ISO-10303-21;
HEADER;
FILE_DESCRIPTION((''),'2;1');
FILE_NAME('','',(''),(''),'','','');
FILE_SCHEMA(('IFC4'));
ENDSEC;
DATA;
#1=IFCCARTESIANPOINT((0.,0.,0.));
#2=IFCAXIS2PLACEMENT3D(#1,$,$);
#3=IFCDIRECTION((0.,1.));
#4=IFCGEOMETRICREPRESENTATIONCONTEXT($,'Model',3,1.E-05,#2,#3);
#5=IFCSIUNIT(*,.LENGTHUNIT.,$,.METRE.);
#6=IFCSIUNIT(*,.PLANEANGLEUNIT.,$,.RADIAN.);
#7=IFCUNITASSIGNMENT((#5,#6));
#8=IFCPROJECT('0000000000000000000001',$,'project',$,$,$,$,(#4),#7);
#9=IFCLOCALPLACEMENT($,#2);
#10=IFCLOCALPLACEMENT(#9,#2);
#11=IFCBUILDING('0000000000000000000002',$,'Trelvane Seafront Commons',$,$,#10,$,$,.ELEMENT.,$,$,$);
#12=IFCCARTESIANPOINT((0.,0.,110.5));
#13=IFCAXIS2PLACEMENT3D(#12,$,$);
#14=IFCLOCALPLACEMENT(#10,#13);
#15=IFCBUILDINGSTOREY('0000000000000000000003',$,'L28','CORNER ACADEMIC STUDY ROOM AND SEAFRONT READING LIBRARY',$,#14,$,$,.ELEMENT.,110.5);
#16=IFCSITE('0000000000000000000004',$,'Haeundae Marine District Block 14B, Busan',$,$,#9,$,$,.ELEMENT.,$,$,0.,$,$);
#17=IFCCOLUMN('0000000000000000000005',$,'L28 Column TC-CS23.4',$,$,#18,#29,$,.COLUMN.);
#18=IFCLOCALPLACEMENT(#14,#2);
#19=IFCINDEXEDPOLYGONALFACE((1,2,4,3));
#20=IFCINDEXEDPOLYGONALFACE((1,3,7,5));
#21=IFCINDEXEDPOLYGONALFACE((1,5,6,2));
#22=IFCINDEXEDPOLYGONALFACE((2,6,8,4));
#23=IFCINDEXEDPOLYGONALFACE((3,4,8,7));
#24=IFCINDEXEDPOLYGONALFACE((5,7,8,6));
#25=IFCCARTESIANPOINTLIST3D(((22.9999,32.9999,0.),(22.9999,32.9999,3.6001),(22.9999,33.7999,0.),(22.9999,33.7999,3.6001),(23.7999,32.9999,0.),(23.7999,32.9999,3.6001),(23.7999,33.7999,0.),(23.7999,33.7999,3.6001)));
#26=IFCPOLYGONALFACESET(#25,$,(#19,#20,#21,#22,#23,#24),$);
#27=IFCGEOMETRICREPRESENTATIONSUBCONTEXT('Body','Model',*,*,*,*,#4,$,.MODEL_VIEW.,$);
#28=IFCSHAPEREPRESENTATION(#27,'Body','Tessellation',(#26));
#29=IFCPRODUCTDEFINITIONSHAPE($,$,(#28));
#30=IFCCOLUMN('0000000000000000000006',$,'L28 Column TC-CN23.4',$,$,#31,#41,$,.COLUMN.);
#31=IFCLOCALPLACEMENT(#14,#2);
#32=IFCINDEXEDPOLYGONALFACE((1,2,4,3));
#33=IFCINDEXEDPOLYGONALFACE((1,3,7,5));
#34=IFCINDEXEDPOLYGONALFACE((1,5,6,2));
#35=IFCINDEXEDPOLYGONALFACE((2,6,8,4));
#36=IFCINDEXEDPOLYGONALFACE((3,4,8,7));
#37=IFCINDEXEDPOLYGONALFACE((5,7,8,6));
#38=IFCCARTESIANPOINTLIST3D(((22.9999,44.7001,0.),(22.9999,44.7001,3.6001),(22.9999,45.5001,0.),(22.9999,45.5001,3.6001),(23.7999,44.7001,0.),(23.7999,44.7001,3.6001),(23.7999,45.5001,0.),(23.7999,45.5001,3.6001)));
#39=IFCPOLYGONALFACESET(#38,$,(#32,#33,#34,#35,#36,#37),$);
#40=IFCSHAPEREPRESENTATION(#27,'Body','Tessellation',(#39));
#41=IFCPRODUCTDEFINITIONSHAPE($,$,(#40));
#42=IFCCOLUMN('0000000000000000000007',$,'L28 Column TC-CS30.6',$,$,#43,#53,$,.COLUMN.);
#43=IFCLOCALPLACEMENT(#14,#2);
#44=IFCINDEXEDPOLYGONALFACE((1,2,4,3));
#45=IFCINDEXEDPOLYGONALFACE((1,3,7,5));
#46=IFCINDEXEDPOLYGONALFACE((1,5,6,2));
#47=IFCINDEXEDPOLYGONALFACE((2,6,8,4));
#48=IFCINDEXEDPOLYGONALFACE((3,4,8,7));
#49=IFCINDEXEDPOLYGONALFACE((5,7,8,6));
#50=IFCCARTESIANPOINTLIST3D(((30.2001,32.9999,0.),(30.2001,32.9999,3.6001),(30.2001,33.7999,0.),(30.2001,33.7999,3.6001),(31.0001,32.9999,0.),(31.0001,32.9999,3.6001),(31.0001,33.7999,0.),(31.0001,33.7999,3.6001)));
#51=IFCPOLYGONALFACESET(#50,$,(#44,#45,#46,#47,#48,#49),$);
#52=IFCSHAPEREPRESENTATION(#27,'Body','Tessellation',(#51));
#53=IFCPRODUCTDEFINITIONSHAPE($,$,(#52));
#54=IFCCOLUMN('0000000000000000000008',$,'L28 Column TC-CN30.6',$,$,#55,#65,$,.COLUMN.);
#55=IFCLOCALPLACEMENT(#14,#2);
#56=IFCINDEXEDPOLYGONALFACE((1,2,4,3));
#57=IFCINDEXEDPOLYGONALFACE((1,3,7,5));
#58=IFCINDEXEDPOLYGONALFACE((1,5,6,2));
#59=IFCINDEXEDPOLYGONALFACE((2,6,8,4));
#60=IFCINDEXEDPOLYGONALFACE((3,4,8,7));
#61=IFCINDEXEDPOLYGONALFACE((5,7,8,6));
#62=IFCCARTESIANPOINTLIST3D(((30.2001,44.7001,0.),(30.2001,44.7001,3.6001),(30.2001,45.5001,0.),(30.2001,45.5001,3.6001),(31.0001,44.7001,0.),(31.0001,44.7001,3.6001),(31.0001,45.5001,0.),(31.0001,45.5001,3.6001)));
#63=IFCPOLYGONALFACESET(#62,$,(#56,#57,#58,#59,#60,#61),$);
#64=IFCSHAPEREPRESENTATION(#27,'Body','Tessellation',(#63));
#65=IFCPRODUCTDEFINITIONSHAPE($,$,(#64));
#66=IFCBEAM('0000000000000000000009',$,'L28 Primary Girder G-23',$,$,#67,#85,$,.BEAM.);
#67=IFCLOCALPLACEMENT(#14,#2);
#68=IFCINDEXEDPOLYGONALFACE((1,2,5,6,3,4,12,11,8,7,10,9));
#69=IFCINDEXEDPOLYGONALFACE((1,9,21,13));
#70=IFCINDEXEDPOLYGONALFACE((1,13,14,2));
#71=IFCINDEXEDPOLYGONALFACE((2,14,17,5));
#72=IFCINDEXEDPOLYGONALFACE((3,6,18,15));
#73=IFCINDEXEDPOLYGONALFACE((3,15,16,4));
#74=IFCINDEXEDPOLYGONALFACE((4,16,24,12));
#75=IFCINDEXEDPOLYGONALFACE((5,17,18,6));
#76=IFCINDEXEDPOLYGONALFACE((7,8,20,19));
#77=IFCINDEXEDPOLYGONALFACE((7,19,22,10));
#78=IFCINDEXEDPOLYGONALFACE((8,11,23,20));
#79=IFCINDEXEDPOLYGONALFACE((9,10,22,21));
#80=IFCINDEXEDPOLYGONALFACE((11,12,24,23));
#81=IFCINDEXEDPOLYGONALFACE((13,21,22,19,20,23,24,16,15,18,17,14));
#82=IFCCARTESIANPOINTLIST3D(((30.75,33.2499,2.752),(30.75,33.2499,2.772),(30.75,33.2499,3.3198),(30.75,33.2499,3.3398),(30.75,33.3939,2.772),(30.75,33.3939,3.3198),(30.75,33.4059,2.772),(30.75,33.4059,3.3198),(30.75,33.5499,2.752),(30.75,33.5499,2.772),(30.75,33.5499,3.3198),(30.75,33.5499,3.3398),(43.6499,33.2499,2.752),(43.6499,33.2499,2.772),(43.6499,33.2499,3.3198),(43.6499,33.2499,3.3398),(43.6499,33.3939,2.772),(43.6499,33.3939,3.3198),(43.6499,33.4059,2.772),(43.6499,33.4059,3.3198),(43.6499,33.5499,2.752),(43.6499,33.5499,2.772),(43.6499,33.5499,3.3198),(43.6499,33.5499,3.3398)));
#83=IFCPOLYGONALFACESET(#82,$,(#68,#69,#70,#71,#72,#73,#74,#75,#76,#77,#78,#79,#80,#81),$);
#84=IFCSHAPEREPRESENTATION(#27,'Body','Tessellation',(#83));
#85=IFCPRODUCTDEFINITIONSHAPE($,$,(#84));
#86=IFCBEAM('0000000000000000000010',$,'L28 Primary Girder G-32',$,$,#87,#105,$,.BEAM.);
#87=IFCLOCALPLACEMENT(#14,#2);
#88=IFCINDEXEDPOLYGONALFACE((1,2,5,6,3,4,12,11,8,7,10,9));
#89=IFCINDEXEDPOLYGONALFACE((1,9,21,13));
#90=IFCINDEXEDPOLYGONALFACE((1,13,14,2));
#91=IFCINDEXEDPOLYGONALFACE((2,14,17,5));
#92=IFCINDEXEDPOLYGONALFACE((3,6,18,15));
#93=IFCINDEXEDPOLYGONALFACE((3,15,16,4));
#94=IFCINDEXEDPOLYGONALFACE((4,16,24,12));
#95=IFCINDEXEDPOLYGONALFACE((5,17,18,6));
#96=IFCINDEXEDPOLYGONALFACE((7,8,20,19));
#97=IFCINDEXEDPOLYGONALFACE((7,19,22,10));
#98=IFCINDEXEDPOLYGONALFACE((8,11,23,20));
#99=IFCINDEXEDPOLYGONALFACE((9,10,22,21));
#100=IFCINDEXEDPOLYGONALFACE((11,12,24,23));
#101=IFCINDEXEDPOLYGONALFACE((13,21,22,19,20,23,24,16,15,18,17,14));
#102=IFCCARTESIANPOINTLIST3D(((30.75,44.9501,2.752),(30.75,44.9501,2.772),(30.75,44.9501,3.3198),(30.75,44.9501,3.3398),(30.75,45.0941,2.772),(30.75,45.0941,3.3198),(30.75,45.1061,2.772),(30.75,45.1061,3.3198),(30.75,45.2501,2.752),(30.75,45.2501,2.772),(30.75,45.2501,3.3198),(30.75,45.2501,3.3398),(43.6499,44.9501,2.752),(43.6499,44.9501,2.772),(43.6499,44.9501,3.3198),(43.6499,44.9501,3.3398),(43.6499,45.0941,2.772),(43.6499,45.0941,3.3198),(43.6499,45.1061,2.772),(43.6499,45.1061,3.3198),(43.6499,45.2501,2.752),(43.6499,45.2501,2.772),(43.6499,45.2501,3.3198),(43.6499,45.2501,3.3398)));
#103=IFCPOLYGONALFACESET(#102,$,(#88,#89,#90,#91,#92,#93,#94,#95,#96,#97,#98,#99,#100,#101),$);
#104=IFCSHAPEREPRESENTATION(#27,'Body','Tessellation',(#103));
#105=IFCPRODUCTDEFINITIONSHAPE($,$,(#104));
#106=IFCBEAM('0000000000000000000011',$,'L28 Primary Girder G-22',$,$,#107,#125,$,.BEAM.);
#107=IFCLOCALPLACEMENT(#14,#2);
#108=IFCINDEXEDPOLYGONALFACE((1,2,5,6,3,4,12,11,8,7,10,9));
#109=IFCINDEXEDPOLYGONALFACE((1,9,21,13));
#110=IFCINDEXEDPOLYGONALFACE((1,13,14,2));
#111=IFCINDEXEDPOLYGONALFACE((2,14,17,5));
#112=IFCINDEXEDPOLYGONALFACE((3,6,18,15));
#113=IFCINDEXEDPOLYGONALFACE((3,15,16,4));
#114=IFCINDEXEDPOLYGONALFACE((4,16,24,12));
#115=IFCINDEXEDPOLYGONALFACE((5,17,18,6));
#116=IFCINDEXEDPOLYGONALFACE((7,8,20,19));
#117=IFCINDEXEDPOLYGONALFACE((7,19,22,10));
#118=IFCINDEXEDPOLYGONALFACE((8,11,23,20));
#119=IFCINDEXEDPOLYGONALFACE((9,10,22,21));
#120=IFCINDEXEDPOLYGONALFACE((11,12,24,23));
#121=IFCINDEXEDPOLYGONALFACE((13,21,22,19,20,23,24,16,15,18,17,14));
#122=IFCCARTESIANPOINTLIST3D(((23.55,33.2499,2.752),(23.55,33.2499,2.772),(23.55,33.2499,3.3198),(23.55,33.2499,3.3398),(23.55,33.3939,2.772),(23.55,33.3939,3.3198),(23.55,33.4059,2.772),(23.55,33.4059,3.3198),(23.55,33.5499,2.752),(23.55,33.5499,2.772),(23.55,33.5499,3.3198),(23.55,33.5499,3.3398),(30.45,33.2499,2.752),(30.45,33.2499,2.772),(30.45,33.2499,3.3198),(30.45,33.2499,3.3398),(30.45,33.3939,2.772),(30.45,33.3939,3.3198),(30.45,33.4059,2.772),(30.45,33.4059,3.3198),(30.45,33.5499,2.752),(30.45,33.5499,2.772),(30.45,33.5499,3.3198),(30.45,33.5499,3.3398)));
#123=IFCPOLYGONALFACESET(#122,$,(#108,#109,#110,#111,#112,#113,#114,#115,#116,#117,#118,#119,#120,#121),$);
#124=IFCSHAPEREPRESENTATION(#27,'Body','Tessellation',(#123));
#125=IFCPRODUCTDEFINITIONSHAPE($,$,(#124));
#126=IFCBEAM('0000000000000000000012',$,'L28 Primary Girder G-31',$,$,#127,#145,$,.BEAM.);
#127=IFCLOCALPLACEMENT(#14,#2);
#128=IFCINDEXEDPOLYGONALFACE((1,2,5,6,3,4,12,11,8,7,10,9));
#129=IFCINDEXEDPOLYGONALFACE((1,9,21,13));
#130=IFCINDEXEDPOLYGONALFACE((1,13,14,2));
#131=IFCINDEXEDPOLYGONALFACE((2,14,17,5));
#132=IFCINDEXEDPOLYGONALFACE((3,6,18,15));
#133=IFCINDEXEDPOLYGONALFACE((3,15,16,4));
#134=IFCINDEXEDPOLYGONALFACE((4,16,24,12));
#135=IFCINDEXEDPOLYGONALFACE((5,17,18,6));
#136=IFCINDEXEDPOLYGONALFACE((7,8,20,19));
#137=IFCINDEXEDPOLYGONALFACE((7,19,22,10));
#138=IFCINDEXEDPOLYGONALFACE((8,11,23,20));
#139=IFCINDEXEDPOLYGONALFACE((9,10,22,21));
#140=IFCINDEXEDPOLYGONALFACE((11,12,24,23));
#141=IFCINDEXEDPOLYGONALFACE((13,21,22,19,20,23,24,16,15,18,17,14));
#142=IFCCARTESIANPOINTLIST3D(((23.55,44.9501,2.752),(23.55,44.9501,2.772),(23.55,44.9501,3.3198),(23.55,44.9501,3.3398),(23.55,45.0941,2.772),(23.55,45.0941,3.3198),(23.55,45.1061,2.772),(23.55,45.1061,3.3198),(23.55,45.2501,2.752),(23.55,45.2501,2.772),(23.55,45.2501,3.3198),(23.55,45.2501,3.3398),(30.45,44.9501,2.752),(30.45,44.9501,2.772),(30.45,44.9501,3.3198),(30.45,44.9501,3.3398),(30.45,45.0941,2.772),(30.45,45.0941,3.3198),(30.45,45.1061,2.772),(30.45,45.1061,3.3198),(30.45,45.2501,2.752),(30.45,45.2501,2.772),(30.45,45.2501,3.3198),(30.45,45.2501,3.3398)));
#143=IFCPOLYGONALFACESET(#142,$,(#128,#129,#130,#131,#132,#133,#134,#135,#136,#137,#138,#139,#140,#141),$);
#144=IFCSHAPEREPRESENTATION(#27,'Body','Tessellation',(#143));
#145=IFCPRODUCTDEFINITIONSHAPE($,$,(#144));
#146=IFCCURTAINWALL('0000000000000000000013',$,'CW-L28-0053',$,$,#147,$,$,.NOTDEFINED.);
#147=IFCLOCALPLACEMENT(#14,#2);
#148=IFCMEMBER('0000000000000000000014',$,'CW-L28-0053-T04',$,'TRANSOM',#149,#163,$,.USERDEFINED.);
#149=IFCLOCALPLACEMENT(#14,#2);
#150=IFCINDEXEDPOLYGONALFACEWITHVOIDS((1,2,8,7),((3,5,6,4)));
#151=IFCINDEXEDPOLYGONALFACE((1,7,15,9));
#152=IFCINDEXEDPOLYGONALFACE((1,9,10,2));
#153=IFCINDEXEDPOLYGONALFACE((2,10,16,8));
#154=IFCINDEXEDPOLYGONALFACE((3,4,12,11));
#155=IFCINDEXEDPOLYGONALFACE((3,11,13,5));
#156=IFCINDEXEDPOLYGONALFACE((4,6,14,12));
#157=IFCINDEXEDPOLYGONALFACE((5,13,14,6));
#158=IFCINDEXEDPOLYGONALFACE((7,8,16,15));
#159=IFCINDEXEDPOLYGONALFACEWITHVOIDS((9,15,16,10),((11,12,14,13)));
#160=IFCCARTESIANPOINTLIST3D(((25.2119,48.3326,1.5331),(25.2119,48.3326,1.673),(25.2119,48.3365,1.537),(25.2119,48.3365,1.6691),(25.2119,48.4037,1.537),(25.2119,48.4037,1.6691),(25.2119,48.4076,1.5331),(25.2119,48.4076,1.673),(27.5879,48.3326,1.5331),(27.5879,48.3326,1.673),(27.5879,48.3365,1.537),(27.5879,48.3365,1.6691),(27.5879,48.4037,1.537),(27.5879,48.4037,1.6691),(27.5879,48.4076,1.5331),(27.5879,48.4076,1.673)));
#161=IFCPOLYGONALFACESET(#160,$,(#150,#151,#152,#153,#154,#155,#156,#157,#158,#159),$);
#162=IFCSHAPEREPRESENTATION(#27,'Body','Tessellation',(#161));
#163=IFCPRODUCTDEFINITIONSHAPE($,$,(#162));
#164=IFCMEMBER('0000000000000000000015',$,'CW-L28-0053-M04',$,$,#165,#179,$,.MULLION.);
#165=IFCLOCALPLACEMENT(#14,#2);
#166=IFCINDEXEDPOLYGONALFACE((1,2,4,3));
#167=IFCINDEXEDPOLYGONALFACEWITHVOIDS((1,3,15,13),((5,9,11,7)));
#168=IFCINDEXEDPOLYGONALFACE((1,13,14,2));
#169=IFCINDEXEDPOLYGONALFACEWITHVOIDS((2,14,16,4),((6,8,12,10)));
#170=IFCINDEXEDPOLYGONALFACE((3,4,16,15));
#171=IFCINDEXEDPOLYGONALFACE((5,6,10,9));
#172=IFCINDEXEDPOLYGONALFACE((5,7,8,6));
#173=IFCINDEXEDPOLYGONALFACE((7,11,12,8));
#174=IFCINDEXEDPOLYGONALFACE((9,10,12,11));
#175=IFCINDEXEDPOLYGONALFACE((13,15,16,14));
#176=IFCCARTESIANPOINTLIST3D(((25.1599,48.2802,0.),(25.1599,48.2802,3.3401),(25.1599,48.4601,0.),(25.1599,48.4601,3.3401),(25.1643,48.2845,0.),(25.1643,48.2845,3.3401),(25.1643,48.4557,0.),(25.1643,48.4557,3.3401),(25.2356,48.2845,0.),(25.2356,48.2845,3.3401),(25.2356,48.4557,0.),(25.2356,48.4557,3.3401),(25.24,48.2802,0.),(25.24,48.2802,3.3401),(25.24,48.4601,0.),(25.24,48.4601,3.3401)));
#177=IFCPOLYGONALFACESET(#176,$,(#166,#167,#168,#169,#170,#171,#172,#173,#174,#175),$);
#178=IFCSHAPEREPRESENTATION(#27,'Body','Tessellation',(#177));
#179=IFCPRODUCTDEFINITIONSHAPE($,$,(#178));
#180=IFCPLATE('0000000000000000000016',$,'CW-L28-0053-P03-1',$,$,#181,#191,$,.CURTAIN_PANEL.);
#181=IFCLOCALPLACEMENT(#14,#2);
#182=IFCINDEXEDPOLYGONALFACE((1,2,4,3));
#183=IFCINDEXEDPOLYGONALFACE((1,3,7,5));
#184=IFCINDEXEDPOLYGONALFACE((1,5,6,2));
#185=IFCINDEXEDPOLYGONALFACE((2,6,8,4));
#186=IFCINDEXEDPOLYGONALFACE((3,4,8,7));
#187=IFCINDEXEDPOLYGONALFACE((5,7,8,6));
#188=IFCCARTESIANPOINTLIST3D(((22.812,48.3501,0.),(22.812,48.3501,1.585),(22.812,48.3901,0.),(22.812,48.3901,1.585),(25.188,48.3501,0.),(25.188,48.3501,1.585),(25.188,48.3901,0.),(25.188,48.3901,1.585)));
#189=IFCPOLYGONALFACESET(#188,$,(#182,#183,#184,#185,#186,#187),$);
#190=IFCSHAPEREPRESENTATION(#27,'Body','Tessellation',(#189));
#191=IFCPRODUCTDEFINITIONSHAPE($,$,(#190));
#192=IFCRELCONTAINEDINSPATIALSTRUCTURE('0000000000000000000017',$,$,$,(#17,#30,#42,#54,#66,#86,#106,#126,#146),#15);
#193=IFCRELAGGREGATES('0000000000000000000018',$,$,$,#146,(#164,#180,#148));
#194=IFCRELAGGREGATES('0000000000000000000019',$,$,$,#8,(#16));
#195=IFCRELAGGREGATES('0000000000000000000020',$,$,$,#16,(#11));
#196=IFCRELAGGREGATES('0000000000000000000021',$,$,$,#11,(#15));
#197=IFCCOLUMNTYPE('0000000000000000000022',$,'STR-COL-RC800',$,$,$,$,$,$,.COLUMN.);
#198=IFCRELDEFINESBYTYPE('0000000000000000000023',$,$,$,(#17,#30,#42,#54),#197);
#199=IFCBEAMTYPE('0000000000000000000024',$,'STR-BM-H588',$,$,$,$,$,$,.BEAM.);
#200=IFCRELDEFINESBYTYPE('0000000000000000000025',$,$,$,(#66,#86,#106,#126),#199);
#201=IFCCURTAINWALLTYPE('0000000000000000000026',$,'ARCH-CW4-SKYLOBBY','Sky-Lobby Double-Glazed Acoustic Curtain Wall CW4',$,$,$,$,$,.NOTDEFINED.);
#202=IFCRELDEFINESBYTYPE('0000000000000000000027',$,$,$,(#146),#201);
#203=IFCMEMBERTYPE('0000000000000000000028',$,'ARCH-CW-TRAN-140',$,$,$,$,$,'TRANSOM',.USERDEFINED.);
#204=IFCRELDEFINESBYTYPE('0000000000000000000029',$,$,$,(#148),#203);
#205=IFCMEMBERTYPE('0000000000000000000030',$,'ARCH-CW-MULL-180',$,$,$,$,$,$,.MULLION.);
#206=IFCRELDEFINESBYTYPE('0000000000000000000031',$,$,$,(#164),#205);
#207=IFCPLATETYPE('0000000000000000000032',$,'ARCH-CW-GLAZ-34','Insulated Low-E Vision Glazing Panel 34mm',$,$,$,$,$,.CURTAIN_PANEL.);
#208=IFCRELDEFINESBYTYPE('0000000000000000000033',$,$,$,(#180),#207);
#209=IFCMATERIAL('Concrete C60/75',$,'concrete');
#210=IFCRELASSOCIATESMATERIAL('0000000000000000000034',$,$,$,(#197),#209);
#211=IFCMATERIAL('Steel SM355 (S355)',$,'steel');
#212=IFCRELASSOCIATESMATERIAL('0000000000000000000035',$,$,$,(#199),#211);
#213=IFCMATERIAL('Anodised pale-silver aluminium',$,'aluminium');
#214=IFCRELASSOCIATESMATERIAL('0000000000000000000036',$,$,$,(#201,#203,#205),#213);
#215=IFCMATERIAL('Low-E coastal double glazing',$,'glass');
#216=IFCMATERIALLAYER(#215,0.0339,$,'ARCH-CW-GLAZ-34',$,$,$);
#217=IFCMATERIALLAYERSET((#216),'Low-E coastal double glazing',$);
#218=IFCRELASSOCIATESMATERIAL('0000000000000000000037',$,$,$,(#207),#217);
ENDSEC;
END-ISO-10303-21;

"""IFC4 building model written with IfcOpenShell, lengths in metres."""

from ifc_helpers import new_model, si_unit, direction, frame, origin, origin_2d, place, context, subcontext, project, spatial, rectangle, hollow_rectangle, i_section, extrude, source, transform, mapped, material, layer, layer_set, material_profile, profile_set, type_object, element, aggregate, save


model = new_model("IFC4")

# Units and contexts
model_context = context("Model", 3, precision=1e-05, world=origin(), true_north=direction((0.0, 1.0)))
body_context = subcontext(model_context, "Body", "Model", "MODEL_VIEW")
ifc_project = project(units=[si_unit("LENGTHUNIT", "METRE"), si_unit("PLANEANGLEUNIT", "RADIAN")], contexts=[model_context])

# Site, building, storey
site_placement = place(None, origin())
site = spatial("IfcSite", under=ifc_project, at=site_placement, Name="Haeundae Marine District Block 14B, Busan", CompositionType="ELEMENT", RefElevation=0.0)
building_placement = place(site_placement, origin())
building = spatial("IfcBuilding", under=site, at=building_placement, Name="Trelvane Seafront Commons", CompositionType="ELEMENT")
storey_placement = place(building_placement, frame((0.0, 0.0, 110.5)))
storey = spatial("IfcBuildingStorey", under=building, at=storey_placement, Name="L28", Description="CORNER ACADEMIC STUDY ROOM AND SEAFRONT READING LIBRARY", CompositionType="ELEMENT", Elevation=110.5)

# Columns
ifc_material_1 = material(Name="Concrete C60/75", Category="concrete")
ifc_material_profile_1 = material_profile(ifc_material_1, rectangle(XDim=0.8, YDim=0.8, at=origin_2d()), Name="RC-800x800")
ifc_profile_set_1 = profile_set([ifc_material_profile_1], Name="Concrete C60/75")
column_type = type_object("IfcColumnType", Name="STR-COL-RC800", PredefinedType="COLUMN", material=ifc_profile_set_1)
shared_shape_1 = source(origin(), body_context, "Body", "SweptSolid", [
    extrude(rectangle(XDim=0.8, YDim=0.8, at=origin_2d()), origin(), (0.0, 0.0, 1.0), 3.6001),
])
for number, where, z_axis, x_axis, name in (
    (1, (23.3999, 33.3999, 0.0), (0.0, 0.0, 1.0), (1.0, 0.0, 0.0), "L28 Column TC-CS23.4"),
    (2, (23.3999, 45.1001, 0.0), (0.0, 0.0, 1.0), (1.0, 0.0, 0.0), "L28 Column TC-CN23.4"),
    (3, (30.6001, 33.3999, 0.0), (0.0, 0.0, 1.0), (1.0, 0.0, 0.0), "L28 Column TC-CS30.6"),
    (4, (30.6001, 45.1001, 0.0), (0.0, 0.0, 1.0), (1.0, 0.0, 0.0), "L28 Column TC-CN30.6"),
):
    element("IfcColumn", number, at=place(storey_placement, frame(where, z_axis=z_axis, x_axis=x_axis)), inside=storey, type_object=column_type, Name=name, PredefinedType="COLUMN", context=body_context, shape_type="MappedRepresentation", body=[
        mapped(shared_shape_1, transform((0.0, 0.0, 0.0), x_axis=(1.0, 0.0, 0.0), y_axis=(0.0, 1.0, 0.0), z_axis=(0.0, 0.0, 1.0), scale=1.0)),
    ])

# Beams
ifc_material_2 = material(Name="Steel SM355 (S355)", Category="steel")
ifc_material_profile_2 = material_profile(ifc_material_2, i_section(OverallWidth=0.3, OverallDepth=0.5879, WebThickness=0.012, FlangeThickness=0.02, at=origin_2d()), Name="H-588x300x12x20")
ifc_profile_set_2 = profile_set([ifc_material_profile_2], Name="Steel SM355 (S355)")
beam_type = type_object("IfcBeamType", Name="STR-BM-H588", PredefinedType="BEAM", material=ifc_profile_set_2)
shared_shape_2 = source(origin(), body_context, "Body", "SweptSolid", [
    extrude(i_section(OverallWidth=0.3, OverallDepth=0.5879, WebThickness=0.012, FlangeThickness=0.02, at=origin_2d()), origin(), (0.0, 0.0, 1.0), 12.8999),
])
for number, where, z_axis, x_axis, name in (
    (5, (30.75, 33.3999, 3.0459), (1.0, 0.0, 0.0), (0.0, 1.0, 0.0), "L28 Primary Girder G-23"),
    (6, (30.75, 45.1001, 3.0459), (1.0, 0.0, 0.0), (0.0, 1.0, 0.0), "L28 Primary Girder G-32"),
):
    element("IfcBeam", number, at=place(storey_placement, frame(where, z_axis=z_axis, x_axis=x_axis)), inside=storey, type_object=beam_type, Name=name, PredefinedType="BEAM", context=body_context, shape_type="MappedRepresentation", body=[
        mapped(shared_shape_2, transform((0.0, 0.0, 0.0), x_axis=(1.0, 0.0, 0.0), y_axis=(0.0, 1.0, 0.0), z_axis=(0.0, 0.0, 1.0), scale=1.0)),
    ])
shared_shape_3 = source(origin(), body_context, "Body", "SweptSolid", [
    extrude(i_section(OverallWidth=0.3, OverallDepth=0.5879, WebThickness=0.012, FlangeThickness=0.02, at=origin_2d()), origin(), (0.0, 0.0, 1.0), 6.8999),
])
for number, where, z_axis, x_axis, name in (
    (7, (23.55, 33.3999, 3.0459), (1.0, 0.0, 0.0), (0.0, 1.0, 0.0), "L28 Primary Girder G-22"),
    (8, (23.55, 45.1001, 3.0459), (1.0, 0.0, 0.0), (0.0, 1.0, 0.0), "L28 Primary Girder G-31"),
):
    element("IfcBeam", number, at=place(storey_placement, frame(where, z_axis=z_axis, x_axis=x_axis)), inside=storey, type_object=beam_type, Name=name, PredefinedType="BEAM", context=body_context, shape_type="MappedRepresentation", body=[
        mapped(shared_shape_3, transform((0.0, 0.0, 0.0), x_axis=(1.0, 0.0, 0.0), y_axis=(0.0, 1.0, 0.0), z_axis=(0.0, 0.0, 1.0), scale=1.0)),
    ])

# Curtain wall, members, plate
ifc_material_3 = material(Name="Anodised pale-silver aluminium", Category="aluminium")
curtain_wall_type = type_object("IfcCurtainWallType", Name="ARCH-CW4-SKYLOBBY", Description="Sky-Lobby Double-Glazed Acoustic Curtain Wall CW4", PredefinedType="NOTDEFINED", material=ifc_material_3)
curtain_wall_placement = place(storey_placement, origin())
curtain_wall = element("IfcCurtainWall", 9, at=curtain_wall_placement, inside=storey, type_object=curtain_wall_type, Name="CW-L28-0053", PredefinedType="NOTDEFINED")
ifc_material_profile_3 = material_profile(ifc_material_3, hollow_rectangle(XDim=0.075, YDim=0.1399, WallThickness=0.0039, at=origin_2d()), Name="TRAN-75x140x4")
ifc_profile_set_3 = profile_set([ifc_material_profile_3], Name="Anodised pale-silver aluminium")
member_type_1 = type_object("IfcMemberType", Name="ARCH-CW-TRAN-140", ElementType="TRANSOM", PredefinedType="USERDEFINED", material=ifc_profile_set_3)
shared_shape_4 = source(origin(), body_context, "Body", "SweptSolid", [
    extrude(hollow_rectangle(XDim=0.075, YDim=0.1399, WallThickness=0.0039, at=origin_2d()), origin(), (0.0, 0.0, 1.0), 2.376),
])
member_1_placement = place(storey_placement, frame((25.2119, 48.3701, 1.603), z_axis=(1.0, 0.0, 0.0), x_axis=(0.0, 1.0, 0.0)))
member_1 = element("IfcMember", 10, at=member_1_placement, type_object=member_type_1, Name="CW-L28-0053-T04", ObjectType="TRANSOM", PredefinedType="USERDEFINED", context=body_context, shape_type="MappedRepresentation", body=[
    mapped(shared_shape_4, transform((0.0, 0.0, 0.0), x_axis=(1.0, 0.0, 0.0), y_axis=(0.0, 1.0, 0.0), z_axis=(0.0, 0.0, 1.0), scale=1.0)),
])
ifc_material_profile_4 = material_profile(ifc_material_3, hollow_rectangle(XDim=0.0801, YDim=0.1799, WallThickness=0.0044, at=origin_2d()), Name="MULL-80x180x4.5")
ifc_profile_set_4 = profile_set([ifc_material_profile_4], Name="Anodised pale-silver aluminium")
member_type_2 = type_object("IfcMemberType", Name="ARCH-CW-MULL-180", PredefinedType="MULLION", material=ifc_profile_set_4)
shared_shape_5 = source(origin(), body_context, "Body", "SweptSolid", [
    extrude(hollow_rectangle(XDim=0.0801, YDim=0.1799, WallThickness=0.0044, at=origin_2d()), origin(), (0.0, 0.0, 1.0), 3.3401),
])
member_2_placement = place(storey_placement, frame((25.2, 48.3701, 0.0), z_axis=(0.0, 0.0, 1.0), x_axis=(1.0, 0.0, 0.0)))
member_2 = element("IfcMember", 11, at=member_2_placement, type_object=member_type_2, Name="CW-L28-0053-M04", PredefinedType="MULLION", context=body_context, shape_type="MappedRepresentation", body=[
    mapped(shared_shape_5, transform((0.0, 0.0, 0.0), x_axis=(1.0, 0.0, 0.0), y_axis=(0.0, 1.0, 0.0), z_axis=(0.0, 0.0, 1.0), scale=1.0)),
])
ifc_material_4 = material(Name="Low-E coastal double glazing", Category="glass")
ifc_layer_1 = layer(ifc_material_4, 0.0339, Name="ARCH-CW-GLAZ-34")
ifc_layer_set_1 = layer_set([ifc_layer_1], Name="Low-E coastal double glazing")
plate_type = type_object("IfcPlateType", Name="ARCH-CW-GLAZ-34", Description="Insulated Low-E Vision Glazing Panel 34mm", PredefinedType="CURTAIN_PANEL", material=ifc_layer_set_1)
shared_shape_6 = source(origin(), body_context, "Body", "SweptSolid", [
    extrude(rectangle(XDim=2.376, YDim=0.04, at=origin_2d()), origin(), (0.0, 0.0, 1.0), 1.585),
])
plate_1_placement = place(storey_placement, frame((24.0, 48.3701, 0.0), z_axis=(0.0, 0.0, 1.0), x_axis=(1.0, 0.0, 0.0)))
plate_1 = element("IfcPlate", 12, at=plate_1_placement, type_object=plate_type, Name="CW-L28-0053-P03-1", PredefinedType="CURTAIN_PANEL", context=body_context, shape_type="MappedRepresentation", body=[
    mapped(shared_shape_6, transform((0.0, 0.0, 0.0), x_axis=(1.0, 0.0, 0.0), y_axis=(0.0, 1.0, 0.0), z_axis=(0.0, 0.0, 1.0), scale=1.0)),
])
aggregate(curtain_wall, [member_2, plate_1, member_1])

save(model, "model.ifc")
